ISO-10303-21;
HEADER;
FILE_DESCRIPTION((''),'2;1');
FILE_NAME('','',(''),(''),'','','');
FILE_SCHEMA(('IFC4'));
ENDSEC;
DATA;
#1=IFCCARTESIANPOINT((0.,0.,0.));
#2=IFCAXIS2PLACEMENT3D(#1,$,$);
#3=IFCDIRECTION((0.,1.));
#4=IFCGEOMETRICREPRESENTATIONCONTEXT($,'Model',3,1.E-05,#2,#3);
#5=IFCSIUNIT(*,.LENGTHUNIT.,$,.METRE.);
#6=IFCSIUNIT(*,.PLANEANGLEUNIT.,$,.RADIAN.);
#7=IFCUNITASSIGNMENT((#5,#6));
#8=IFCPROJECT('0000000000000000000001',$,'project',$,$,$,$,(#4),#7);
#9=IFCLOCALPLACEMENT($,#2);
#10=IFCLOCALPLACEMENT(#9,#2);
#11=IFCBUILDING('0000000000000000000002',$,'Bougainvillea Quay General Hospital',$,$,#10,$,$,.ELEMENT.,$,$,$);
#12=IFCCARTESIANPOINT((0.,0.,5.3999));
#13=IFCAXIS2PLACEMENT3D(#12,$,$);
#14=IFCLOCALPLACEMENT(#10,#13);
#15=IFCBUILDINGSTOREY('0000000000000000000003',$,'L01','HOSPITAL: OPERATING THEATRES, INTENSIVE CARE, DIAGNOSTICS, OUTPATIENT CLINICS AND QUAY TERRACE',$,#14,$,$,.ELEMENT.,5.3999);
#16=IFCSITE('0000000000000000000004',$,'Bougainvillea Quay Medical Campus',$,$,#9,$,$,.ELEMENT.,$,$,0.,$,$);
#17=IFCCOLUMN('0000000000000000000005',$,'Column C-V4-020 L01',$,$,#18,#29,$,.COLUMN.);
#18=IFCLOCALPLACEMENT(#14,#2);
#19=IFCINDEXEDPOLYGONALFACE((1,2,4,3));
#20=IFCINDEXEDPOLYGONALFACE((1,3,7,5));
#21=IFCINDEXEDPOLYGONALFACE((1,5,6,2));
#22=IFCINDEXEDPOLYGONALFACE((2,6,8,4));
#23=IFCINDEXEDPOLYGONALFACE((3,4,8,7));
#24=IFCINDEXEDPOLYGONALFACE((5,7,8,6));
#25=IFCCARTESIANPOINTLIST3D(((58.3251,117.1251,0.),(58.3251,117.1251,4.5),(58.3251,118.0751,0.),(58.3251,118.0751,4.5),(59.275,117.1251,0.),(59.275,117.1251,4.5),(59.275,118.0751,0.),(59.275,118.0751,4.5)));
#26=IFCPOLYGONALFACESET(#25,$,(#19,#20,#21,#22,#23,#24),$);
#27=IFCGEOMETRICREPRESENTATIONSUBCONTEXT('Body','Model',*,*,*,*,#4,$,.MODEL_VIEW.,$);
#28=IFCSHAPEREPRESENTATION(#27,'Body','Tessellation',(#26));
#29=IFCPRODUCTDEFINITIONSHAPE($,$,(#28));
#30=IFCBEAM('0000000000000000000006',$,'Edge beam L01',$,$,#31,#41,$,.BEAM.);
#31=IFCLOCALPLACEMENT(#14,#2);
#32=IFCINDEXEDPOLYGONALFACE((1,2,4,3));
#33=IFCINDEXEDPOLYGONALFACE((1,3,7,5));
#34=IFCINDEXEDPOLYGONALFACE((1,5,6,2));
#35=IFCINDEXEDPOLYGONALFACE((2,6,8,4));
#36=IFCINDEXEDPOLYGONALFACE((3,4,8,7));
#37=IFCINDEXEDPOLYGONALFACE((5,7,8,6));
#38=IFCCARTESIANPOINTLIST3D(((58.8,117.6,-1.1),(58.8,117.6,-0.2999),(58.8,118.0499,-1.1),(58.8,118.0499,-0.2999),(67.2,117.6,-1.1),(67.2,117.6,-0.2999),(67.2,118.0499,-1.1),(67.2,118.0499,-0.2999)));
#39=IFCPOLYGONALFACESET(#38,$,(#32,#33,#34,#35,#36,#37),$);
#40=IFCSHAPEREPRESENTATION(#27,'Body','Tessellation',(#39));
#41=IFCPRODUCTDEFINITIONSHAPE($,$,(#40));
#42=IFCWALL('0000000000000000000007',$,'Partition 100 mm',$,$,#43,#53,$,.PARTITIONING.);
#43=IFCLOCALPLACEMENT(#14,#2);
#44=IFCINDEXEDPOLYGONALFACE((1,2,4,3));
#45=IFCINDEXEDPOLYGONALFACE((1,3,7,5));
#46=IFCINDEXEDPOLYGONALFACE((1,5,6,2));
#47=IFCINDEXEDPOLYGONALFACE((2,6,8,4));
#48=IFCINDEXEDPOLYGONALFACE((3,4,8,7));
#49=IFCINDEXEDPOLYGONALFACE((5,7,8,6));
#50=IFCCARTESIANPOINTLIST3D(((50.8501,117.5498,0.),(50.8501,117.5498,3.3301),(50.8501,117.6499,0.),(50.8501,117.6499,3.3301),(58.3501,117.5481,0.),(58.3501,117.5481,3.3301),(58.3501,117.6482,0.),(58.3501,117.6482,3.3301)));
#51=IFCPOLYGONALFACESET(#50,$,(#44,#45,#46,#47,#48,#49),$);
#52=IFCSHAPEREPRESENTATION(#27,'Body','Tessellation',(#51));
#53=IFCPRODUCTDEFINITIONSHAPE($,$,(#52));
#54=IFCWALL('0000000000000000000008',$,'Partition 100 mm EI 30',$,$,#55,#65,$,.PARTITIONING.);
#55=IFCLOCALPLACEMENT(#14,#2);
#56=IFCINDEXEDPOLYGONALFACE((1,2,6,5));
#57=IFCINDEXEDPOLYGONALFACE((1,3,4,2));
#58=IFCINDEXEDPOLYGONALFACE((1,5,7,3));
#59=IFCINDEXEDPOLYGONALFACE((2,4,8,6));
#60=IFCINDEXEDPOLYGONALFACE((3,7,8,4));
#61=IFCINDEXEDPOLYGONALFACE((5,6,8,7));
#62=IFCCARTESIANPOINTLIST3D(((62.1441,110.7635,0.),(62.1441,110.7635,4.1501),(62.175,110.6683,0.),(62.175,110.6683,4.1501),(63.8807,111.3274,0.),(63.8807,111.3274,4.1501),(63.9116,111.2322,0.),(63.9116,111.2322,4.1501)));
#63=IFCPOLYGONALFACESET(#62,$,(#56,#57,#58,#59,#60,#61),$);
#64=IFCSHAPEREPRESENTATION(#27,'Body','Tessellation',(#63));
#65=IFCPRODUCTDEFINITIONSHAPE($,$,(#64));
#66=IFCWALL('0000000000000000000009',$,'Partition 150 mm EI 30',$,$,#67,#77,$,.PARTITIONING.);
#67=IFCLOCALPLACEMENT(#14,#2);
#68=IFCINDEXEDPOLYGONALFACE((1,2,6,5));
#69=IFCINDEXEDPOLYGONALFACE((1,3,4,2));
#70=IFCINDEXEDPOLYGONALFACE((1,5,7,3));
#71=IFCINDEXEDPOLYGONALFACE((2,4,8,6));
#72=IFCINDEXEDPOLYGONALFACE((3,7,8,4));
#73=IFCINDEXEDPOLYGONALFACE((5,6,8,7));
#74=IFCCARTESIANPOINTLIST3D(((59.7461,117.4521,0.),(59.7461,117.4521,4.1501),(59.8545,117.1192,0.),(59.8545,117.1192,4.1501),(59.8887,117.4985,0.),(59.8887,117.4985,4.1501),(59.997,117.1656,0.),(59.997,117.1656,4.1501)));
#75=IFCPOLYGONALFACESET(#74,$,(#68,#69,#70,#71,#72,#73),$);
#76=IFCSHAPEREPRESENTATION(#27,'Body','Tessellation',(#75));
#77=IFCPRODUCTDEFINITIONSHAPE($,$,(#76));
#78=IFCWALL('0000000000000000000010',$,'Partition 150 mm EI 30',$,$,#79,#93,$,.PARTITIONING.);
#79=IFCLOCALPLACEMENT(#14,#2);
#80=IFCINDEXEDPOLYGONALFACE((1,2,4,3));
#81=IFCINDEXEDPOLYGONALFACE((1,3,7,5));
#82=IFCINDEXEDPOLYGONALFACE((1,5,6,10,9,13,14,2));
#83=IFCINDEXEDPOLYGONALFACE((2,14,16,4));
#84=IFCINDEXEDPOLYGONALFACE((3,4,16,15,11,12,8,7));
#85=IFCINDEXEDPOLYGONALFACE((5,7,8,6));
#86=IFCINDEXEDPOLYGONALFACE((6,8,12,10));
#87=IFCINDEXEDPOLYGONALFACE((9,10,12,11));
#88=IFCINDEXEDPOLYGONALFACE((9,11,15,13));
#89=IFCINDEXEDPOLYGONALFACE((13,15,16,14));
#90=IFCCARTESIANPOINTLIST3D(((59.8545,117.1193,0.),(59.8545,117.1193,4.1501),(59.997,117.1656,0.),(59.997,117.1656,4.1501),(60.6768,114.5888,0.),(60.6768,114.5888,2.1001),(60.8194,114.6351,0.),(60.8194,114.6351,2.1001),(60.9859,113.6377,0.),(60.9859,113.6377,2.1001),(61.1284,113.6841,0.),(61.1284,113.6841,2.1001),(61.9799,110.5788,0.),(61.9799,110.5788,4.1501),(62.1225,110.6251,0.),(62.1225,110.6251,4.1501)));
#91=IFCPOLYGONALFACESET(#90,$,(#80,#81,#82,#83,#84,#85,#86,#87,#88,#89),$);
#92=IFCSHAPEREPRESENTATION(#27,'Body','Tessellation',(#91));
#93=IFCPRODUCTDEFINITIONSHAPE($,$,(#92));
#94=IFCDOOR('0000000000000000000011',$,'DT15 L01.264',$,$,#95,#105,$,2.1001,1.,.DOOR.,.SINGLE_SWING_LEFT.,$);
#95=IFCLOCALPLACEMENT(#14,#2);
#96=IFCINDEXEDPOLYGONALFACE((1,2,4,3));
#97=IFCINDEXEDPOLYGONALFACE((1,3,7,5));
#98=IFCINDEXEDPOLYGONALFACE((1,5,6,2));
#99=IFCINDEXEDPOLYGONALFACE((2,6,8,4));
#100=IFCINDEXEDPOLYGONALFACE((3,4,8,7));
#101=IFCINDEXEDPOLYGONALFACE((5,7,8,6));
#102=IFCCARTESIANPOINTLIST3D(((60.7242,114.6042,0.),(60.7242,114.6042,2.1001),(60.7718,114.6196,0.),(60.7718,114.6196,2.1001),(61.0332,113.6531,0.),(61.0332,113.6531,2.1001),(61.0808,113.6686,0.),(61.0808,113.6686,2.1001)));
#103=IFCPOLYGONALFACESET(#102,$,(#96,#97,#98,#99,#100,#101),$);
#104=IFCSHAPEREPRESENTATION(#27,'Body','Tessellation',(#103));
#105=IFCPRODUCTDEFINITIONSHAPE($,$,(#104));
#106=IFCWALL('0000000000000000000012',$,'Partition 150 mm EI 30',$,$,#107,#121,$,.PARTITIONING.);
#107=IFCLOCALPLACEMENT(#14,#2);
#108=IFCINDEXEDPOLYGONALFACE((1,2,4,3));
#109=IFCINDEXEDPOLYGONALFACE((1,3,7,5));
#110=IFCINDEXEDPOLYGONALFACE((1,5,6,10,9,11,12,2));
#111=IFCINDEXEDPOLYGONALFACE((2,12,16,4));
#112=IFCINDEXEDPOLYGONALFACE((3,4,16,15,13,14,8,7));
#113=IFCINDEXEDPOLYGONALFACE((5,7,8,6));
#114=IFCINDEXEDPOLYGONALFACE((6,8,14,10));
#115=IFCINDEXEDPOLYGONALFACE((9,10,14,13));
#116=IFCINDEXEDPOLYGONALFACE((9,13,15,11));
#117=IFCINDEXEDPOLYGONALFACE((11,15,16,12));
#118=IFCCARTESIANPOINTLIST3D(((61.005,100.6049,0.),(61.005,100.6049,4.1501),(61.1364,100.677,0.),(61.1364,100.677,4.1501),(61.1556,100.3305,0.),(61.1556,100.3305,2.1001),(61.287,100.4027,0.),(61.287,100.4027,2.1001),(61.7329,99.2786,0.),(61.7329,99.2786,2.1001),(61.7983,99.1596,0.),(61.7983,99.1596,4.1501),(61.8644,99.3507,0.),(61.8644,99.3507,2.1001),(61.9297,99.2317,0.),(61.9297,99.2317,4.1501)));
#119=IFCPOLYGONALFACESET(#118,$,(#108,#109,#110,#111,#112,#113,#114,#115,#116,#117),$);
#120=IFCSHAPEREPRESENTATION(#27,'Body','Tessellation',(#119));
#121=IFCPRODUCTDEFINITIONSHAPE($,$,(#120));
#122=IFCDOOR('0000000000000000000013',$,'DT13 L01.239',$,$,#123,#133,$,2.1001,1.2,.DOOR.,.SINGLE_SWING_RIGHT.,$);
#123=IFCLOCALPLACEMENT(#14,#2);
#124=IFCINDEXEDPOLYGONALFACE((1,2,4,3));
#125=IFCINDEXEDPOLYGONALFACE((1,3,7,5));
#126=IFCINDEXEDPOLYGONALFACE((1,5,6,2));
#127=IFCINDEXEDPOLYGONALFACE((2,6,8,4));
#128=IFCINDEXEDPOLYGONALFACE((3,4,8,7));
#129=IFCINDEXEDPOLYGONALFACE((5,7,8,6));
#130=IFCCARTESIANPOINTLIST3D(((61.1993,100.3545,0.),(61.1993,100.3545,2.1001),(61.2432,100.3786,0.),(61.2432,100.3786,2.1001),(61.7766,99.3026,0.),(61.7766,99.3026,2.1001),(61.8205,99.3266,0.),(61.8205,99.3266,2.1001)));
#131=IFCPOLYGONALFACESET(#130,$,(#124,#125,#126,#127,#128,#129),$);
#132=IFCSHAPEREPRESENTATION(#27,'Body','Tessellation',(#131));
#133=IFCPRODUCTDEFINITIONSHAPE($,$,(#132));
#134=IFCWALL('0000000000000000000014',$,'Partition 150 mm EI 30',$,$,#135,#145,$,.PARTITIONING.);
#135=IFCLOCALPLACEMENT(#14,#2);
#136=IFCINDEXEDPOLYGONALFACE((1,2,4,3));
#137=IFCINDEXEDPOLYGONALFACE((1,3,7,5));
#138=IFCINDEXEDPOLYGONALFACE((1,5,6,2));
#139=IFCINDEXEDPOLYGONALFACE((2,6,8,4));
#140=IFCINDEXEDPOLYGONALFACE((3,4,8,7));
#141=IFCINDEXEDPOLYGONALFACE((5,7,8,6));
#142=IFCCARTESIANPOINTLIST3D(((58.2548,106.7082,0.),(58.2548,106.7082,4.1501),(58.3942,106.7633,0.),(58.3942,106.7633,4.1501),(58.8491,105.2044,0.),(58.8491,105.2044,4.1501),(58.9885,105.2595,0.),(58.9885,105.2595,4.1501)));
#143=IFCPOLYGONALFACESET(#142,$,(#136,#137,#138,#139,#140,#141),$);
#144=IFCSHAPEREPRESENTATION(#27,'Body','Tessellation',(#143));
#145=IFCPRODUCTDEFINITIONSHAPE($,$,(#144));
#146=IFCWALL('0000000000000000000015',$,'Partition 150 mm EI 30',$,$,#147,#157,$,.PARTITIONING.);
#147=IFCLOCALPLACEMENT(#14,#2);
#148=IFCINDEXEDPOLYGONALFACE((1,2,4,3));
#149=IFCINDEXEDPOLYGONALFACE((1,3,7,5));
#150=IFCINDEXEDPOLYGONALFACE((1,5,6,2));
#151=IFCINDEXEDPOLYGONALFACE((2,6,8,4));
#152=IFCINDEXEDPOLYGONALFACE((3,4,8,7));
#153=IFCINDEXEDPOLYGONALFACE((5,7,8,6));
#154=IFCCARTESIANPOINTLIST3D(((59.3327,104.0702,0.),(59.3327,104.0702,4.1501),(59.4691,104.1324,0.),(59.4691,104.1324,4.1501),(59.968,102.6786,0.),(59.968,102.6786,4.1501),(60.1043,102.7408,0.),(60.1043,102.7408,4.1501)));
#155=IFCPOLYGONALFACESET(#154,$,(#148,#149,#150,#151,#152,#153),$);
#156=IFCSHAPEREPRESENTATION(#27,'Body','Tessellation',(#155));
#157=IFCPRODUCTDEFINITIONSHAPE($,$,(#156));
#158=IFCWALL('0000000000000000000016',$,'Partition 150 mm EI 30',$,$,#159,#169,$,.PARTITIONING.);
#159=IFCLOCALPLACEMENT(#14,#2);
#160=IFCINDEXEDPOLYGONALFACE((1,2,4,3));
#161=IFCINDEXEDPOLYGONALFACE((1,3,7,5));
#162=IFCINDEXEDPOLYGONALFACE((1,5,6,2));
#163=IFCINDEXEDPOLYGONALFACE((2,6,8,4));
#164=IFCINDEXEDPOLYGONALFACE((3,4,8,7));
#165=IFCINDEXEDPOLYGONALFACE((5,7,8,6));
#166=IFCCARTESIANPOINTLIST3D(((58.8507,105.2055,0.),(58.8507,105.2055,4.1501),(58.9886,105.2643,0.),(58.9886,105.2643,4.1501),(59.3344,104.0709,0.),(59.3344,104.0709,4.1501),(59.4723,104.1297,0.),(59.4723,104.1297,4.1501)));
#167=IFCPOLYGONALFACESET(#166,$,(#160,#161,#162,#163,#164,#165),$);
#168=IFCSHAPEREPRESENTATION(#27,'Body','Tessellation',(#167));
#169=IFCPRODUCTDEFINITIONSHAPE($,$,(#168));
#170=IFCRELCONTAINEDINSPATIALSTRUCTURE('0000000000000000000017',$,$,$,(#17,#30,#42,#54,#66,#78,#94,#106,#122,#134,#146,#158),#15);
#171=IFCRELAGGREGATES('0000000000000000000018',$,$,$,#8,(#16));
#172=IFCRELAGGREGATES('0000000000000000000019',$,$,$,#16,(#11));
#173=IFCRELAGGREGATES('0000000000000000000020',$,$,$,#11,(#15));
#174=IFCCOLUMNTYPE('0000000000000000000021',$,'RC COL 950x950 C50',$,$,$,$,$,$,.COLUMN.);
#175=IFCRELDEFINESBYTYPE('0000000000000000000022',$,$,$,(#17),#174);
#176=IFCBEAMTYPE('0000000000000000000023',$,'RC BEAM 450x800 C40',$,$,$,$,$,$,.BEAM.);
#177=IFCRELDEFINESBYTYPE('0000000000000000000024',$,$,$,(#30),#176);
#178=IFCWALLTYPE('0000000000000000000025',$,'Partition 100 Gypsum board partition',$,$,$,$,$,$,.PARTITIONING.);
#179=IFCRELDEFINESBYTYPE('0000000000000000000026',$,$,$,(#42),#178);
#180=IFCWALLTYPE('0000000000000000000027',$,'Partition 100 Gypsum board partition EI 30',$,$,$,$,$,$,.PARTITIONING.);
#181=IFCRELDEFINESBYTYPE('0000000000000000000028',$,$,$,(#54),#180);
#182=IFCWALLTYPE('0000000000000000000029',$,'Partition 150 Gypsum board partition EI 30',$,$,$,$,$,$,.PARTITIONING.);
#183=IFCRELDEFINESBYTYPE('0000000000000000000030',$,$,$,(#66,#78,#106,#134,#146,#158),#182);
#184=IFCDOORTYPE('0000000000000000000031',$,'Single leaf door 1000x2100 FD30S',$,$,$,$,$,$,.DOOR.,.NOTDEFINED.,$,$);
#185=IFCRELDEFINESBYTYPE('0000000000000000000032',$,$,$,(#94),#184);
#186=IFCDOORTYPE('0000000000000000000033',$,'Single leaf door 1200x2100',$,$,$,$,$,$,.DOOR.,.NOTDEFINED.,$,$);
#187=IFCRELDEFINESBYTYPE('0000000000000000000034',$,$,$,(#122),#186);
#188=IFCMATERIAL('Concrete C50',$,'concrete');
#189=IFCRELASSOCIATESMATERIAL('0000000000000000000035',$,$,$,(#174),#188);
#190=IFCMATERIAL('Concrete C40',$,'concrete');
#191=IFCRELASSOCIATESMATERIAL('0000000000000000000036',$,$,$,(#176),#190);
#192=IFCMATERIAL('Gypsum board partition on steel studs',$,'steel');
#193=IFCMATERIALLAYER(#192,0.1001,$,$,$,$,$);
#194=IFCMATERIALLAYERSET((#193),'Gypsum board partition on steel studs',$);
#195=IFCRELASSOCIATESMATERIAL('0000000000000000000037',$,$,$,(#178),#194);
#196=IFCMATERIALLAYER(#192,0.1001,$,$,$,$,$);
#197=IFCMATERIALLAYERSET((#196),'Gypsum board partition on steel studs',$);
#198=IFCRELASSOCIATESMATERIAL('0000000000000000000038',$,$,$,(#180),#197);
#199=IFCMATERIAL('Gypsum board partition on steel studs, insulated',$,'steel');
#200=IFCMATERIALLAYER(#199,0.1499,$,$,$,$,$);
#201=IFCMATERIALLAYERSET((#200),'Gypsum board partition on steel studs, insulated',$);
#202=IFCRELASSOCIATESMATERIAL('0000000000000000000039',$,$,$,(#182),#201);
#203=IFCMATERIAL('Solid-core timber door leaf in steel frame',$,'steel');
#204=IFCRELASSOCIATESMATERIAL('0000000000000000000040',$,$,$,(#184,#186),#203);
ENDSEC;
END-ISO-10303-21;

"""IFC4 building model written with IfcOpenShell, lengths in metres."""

from ifc_helpers import new_model, si_unit, direction, frame, frame_2d, origin, origin_2d, place, context, subcontext, project, spatial, rectangle, extrude, material, layer, layer_set, material_profile, profile_set, type_object, element, fill, save


model = new_model("IFC4")

# Units and contexts
model_context = context("Model", 3, precision=1e-05, world=origin(), true_north=direction((0.0, 1.0)))
body_context = subcontext(model_context, "Body", "Model", "MODEL_VIEW")
ifc_project = project(units=[si_unit("LENGTHUNIT", "METRE"), si_unit("PLANEANGLEUNIT", "RADIAN")], contexts=[model_context])

# Site, building, storey
site_placement = place(None, origin())
site = spatial("IfcSite", under=ifc_project, at=site_placement, Name="Bougainvillea Quay Medical Campus", CompositionType="ELEMENT", RefElevation=0.0)
building_placement = place(site_placement, origin())
building = spatial("IfcBuilding", under=site, at=building_placement, Name="Bougainvillea Quay General Hospital", CompositionType="ELEMENT")
storey_placement = place(building_placement, frame((0.0, 0.0, 5.3999)))
storey = spatial("IfcBuildingStorey", under=building, at=storey_placement, Name="L01", Description="HOSPITAL: OPERATING THEATRES, INTENSIVE CARE, DIAGNOSTICS, OUTPATIENT CLINICS AND QUAY TERRACE", CompositionType="ELEMENT", Elevation=5.3999)

# Column
ifc_material_1 = material(Name="Concrete C50", Category="concrete")
ifc_material_profile_1 = material_profile(ifc_material_1, rectangle(XDim=0.95, YDim=0.95, at=origin_2d()))
ifc_profile_set_1 = profile_set([ifc_material_profile_1], Name="Concrete C50")
column_type = type_object("IfcColumnType", Name="RC COL 950x950 C50", PredefinedType="COLUMN", material=ifc_profile_set_1)
column_placement = place(storey_placement, frame((58.8, 117.6001, 0.0), z_axis=(0.0, 0.0, 1.0), x_axis=(1.0, 0.0, 0.0)))
element("IfcColumn", 1, at=column_placement, inside=storey, type_object=column_type, Name="Column C-V4-020 L01", PredefinedType="COLUMN", context=body_context, shape_type="SweptSolid", body=[
    extrude(rectangle(XDim=0.95, YDim=0.95, at=origin_2d()), origin(), (0.0, 0.0, 1.0), 4.5),
])

# Beam
ifc_material_2 = material(Name="Concrete C40", Category="concrete")
ifc_material_profile_2 = material_profile(ifc_material_2, rectangle(XDim=0.45, YDim=0.8, at=origin_2d()))
ifc_profile_set_2 = profile_set([ifc_material_profile_2], Name="Concrete C40")
beam_type = type_object("IfcBeamType", Name="RC BEAM 450x800 C40", PredefinedType="BEAM", material=ifc_profile_set_2)
beam_placement = place(storey_placement, frame((58.8, 117.825, -0.7), z_axis=(1.0, 0.0, 0.0), x_axis=(0.0, 1.0, 0.0)))
element("IfcBeam", 2, at=beam_placement, inside=storey, type_object=beam_type, Name="Edge beam L01", PredefinedType="BEAM", context=body_context, shape_type="SweptSolid", body=[
    extrude(rectangle(XDim=0.45, YDim=0.8, at=origin_2d()), origin(), (0.0, 0.0, 1.0), 8.3999),
])

# Walls
ifc_material_3 = material(Name="Gypsum board partition on steel studs", Category="steel")
ifc_layer_1 = layer(ifc_material_3, 0.1001)
ifc_layer_set_1 = layer_set([ifc_layer_1], Name="Gypsum board partition on steel studs")
wall_type_1 = type_object("IfcWallType", Name="Partition 100 Gypsum board partition", PredefinedType="PARTITIONING", material=ifc_layer_set_1)
wall_1_placement = place(storey_placement, frame((58.3501, 117.5981, 0.0), z_axis=(0.0, 0.0, 1.0), x_axis=(-1.0, 0.000228, 0.0)))
element("IfcWall", 3, at=wall_1_placement, inside=storey, type_object=wall_type_1, Name="Partition 100 mm", PredefinedType="PARTITIONING", context=body_context, shape_type="SweptSolid", body=[
    extrude(rectangle(XDim=7.5, YDim=0.1001, at=frame_2d((3.75, 0.0))), origin(), (0.0, 0.0, 1.0), 3.3301),
])
ifc_layer_2 = layer(ifc_material_3, 0.1001)
ifc_layer_set_2 = layer_set([ifc_layer_2], Name="Gypsum board partition on steel studs")
wall_type_2 = type_object("IfcWallType", Name="Partition 100 Gypsum board partition EI 30", PredefinedType="PARTITIONING", material=ifc_layer_set_2)
wall_2_placement = place(storey_placement, frame((62.1594, 110.7158, 0.0), z_axis=(0.0, 0.0, 1.0), x_axis=(0.951102, 0.308877, 0.0)))
element("IfcWall", 4, at=wall_2_placement, inside=storey, type_object=wall_type_2, Name="Partition 100 mm EI 30", PredefinedType="PARTITIONING", context=body_context, shape_type="SweptSolid", body=[
    extrude(rectangle(XDim=1.8259, YDim=0.1001, at=frame_2d((0.9131, 0.0))), origin(), (0.0, 0.0, 1.0), 4.1501),
])
ifc_material_4 = material(Name="Gypsum board partition on steel studs, insulated", Category="steel")
ifc_layer_3 = layer(ifc_material_4, 0.1499)
ifc_layer_set_3 = layer_set([ifc_layer_3], Name="Gypsum board partition on steel studs, insulated")
wall_type_3 = type_object("IfcWallType", Name="Partition 150 Gypsum board partition EI 30", PredefinedType="PARTITIONING", material=ifc_layer_set_3)
wall_3_placement = place(storey_placement, frame((59.8174, 117.4753, 0.0), z_axis=(0.0, 0.0, 1.0), x_axis=(0.309527, -0.950891, 0.0)))
element("IfcWall", 5, at=wall_3_placement, inside=storey, type_object=wall_type_3, Name="Partition 150 mm EI 30", PredefinedType="PARTITIONING", context=body_context, shape_type="SweptSolid", body=[
    extrude(rectangle(XDim=0.3501, YDim=0.1499, at=frame_2d((0.175, 0.0))), origin(), (0.0, 0.0, 1.0), 4.1501),
])

# Walls, openings, doors
wall_4_placement = place(storey_placement, frame((59.9258, 117.1423, 0.0), z_axis=(0.0, 0.0, 1.0), x_axis=(0.309062, -0.951042, 0.0)))
wall_4 = element("IfcWall", 6, at=wall_4_placement, inside=storey, type_object=wall_type_3, Name="Partition 150 mm EI 30", PredefinedType="PARTITIONING", context=body_context, shape_type="SweptSolid", body=[
    extrude(rectangle(XDim=6.8772, YDim=0.1499, at=frame_2d((3.4385, 0.0))), origin(), (0.0, 0.0, 1.0), 4.1501),
])
opening_1_placement = place(wall_4_placement, frame((2.6606, 0.0, 0.0)))
opening_1 = element("IfcOpeningElement", 7, at=opening_1_placement, cuts=wall_4, PredefinedType="OPENING", context=body_context, shape_type="SweptSolid", body=[
    extrude(rectangle(XDim=1.0, YDim=2.1001, at=frame_2d((0.5, 1.05))), frame((0.0, 0.085, 0.0), z_axis=(0.0, -1.0, 0.0), x_axis=(1.0, 0.0, 0.0)), (0.0, 0.0, 1.0), 0.1699),
])
ifc_material_5 = material(Name="Solid-core timber door leaf in steel frame", Category="steel")
door_type_1 = type_object("IfcDoorType", Name="Single leaf door 1000x2100 FD30S", OperationType="NOTDEFINED", PredefinedType="DOOR", material=ifc_material_5)
door_1_placement = place(opening_1_placement, origin())
door_1 = element("IfcDoor", 8, at=door_1_placement, inside=storey, type_object=door_type_1, Name="DT15 L01.264", OperationType="SINGLE_SWING_LEFT", OverallHeight=2.1001, OverallWidth=1.0, PredefinedType="DOOR", context=body_context, shape_type="SweptSolid", body=[
    extrude(rectangle(XDim=1.0, YDim=2.1001, at=frame_2d((0.5, 1.05))), frame((0.0, 0.0249, 0.0), z_axis=(0.0, -1.0, 0.0), x_axis=(1.0, 0.0, 0.0)), (0.0, 0.0, 1.0), 0.05),
])
fill(opening_1, door_1)
wall_5_placement = place(storey_placement, frame((61.0708, 100.6409, 0.0), z_axis=(0.0, 0.0, 1.0), x_axis=(0.481123, -0.876653, 0.0)))
wall_5 = element("IfcWall", 9, at=wall_5_placement, inside=storey, type_object=wall_type_3, Name="Partition 150 mm EI 30", PredefinedType="PARTITIONING", context=body_context, shape_type="SweptSolid", body=[
    extrude(rectangle(XDim=1.6487, YDim=0.1499, at=frame_2d((0.8242, 0.0))), origin(), (0.0, 0.0, 1.0), 4.1501),
])
opening_2_placement = place(wall_5_placement, frame((0.3127, 0.0, 0.0)))
opening_2 = element("IfcOpeningElement", 10, at=opening_2_placement, cuts=wall_5, PredefinedType="OPENING", context=body_context, shape_type="SweptSolid", body=[
    extrude(rectangle(XDim=1.2, YDim=2.1001, at=frame_2d((0.6001, 1.05))), frame((0.0, 0.085, 0.0), z_axis=(0.0, -1.0, 0.0), x_axis=(1.0, 0.0, 0.0)), (0.0, 0.0, 1.0), 0.1699),
])
door_type_2 = type_object("IfcDoorType", Name="Single leaf door 1200x2100", OperationType="NOTDEFINED", PredefinedType="DOOR", material=ifc_material_5)
door_2_placement = place(opening_2_placement, origin())
door_2 = element("IfcDoor", 11, at=door_2_placement, inside=storey, type_object=door_type_2, Name="DT13 L01.239", OperationType="SINGLE_SWING_RIGHT", OverallHeight=2.1001, OverallWidth=1.2, PredefinedType="DOOR", context=body_context, shape_type="SweptSolid", body=[
    extrude(rectangle(XDim=1.2, YDim=2.1001, at=frame_2d((0.6001, 1.05))), frame((0.0, 0.0249, 0.0), z_axis=(0.0, -1.0, 0.0), x_axis=(1.0, 0.0, 0.0)), (0.0, 0.0, 1.0), 0.05),
])
fill(opening_2, door_2)

# Walls
wall_6_placement = place(storey_placement, frame((58.3245, 106.7358, 0.0), z_axis=(0.0, 0.0, 1.0), x_axis=(0.367534, -0.93001, 0.0)))
element("IfcWall", 12, at=wall_6_placement, inside=storey, type_object=wall_type_3, Name="Partition 150 mm EI 30", PredefinedType="PARTITIONING", context=body_context, shape_type="SweptSolid", body=[
    extrude(rectangle(XDim=1.6169, YDim=0.1499, at=frame_2d((0.8086, 0.0))), origin(), (0.0, 0.0, 1.0), 4.1501),
])
wall_7_placement = place(storey_placement, frame((59.4009, 104.1013, 0.0), z_axis=(0.0, 0.0, 1.0), x_axis=(0.415269, -0.909698, 0.0)))
element("IfcWall", 13, at=wall_7_placement, inside=storey, type_object=wall_type_3, Name="Partition 150 mm EI 30", PredefinedType="PARTITIONING", context=body_context, shape_type="SweptSolid", body=[
    extrude(rectangle(XDim=1.5298, YDim=0.1499, at=frame_2d((0.7649, 0.0))), origin(), (0.0, 0.0, 1.0), 4.1501),
])
wall_8_placement = place(storey_placement, frame((58.9197, 105.2349, 0.0), z_axis=(0.0, 0.0, 1.0), x_axis=(0.392151, -0.919901, 0.0)))
element("IfcWall", 14, at=wall_8_placement, inside=storey, type_object=wall_type_3, Name="Partition 150 mm EI 30", PredefinedType="PARTITIONING", context=body_context, shape_type="SweptSolid", body=[
    extrude(rectangle(XDim=1.2334, YDim=0.1499, at=frame_2d((0.6167, 0.0))), origin(), (0.0, 0.0, 1.0), 4.1501),
])

save(model, "model.ifc")
